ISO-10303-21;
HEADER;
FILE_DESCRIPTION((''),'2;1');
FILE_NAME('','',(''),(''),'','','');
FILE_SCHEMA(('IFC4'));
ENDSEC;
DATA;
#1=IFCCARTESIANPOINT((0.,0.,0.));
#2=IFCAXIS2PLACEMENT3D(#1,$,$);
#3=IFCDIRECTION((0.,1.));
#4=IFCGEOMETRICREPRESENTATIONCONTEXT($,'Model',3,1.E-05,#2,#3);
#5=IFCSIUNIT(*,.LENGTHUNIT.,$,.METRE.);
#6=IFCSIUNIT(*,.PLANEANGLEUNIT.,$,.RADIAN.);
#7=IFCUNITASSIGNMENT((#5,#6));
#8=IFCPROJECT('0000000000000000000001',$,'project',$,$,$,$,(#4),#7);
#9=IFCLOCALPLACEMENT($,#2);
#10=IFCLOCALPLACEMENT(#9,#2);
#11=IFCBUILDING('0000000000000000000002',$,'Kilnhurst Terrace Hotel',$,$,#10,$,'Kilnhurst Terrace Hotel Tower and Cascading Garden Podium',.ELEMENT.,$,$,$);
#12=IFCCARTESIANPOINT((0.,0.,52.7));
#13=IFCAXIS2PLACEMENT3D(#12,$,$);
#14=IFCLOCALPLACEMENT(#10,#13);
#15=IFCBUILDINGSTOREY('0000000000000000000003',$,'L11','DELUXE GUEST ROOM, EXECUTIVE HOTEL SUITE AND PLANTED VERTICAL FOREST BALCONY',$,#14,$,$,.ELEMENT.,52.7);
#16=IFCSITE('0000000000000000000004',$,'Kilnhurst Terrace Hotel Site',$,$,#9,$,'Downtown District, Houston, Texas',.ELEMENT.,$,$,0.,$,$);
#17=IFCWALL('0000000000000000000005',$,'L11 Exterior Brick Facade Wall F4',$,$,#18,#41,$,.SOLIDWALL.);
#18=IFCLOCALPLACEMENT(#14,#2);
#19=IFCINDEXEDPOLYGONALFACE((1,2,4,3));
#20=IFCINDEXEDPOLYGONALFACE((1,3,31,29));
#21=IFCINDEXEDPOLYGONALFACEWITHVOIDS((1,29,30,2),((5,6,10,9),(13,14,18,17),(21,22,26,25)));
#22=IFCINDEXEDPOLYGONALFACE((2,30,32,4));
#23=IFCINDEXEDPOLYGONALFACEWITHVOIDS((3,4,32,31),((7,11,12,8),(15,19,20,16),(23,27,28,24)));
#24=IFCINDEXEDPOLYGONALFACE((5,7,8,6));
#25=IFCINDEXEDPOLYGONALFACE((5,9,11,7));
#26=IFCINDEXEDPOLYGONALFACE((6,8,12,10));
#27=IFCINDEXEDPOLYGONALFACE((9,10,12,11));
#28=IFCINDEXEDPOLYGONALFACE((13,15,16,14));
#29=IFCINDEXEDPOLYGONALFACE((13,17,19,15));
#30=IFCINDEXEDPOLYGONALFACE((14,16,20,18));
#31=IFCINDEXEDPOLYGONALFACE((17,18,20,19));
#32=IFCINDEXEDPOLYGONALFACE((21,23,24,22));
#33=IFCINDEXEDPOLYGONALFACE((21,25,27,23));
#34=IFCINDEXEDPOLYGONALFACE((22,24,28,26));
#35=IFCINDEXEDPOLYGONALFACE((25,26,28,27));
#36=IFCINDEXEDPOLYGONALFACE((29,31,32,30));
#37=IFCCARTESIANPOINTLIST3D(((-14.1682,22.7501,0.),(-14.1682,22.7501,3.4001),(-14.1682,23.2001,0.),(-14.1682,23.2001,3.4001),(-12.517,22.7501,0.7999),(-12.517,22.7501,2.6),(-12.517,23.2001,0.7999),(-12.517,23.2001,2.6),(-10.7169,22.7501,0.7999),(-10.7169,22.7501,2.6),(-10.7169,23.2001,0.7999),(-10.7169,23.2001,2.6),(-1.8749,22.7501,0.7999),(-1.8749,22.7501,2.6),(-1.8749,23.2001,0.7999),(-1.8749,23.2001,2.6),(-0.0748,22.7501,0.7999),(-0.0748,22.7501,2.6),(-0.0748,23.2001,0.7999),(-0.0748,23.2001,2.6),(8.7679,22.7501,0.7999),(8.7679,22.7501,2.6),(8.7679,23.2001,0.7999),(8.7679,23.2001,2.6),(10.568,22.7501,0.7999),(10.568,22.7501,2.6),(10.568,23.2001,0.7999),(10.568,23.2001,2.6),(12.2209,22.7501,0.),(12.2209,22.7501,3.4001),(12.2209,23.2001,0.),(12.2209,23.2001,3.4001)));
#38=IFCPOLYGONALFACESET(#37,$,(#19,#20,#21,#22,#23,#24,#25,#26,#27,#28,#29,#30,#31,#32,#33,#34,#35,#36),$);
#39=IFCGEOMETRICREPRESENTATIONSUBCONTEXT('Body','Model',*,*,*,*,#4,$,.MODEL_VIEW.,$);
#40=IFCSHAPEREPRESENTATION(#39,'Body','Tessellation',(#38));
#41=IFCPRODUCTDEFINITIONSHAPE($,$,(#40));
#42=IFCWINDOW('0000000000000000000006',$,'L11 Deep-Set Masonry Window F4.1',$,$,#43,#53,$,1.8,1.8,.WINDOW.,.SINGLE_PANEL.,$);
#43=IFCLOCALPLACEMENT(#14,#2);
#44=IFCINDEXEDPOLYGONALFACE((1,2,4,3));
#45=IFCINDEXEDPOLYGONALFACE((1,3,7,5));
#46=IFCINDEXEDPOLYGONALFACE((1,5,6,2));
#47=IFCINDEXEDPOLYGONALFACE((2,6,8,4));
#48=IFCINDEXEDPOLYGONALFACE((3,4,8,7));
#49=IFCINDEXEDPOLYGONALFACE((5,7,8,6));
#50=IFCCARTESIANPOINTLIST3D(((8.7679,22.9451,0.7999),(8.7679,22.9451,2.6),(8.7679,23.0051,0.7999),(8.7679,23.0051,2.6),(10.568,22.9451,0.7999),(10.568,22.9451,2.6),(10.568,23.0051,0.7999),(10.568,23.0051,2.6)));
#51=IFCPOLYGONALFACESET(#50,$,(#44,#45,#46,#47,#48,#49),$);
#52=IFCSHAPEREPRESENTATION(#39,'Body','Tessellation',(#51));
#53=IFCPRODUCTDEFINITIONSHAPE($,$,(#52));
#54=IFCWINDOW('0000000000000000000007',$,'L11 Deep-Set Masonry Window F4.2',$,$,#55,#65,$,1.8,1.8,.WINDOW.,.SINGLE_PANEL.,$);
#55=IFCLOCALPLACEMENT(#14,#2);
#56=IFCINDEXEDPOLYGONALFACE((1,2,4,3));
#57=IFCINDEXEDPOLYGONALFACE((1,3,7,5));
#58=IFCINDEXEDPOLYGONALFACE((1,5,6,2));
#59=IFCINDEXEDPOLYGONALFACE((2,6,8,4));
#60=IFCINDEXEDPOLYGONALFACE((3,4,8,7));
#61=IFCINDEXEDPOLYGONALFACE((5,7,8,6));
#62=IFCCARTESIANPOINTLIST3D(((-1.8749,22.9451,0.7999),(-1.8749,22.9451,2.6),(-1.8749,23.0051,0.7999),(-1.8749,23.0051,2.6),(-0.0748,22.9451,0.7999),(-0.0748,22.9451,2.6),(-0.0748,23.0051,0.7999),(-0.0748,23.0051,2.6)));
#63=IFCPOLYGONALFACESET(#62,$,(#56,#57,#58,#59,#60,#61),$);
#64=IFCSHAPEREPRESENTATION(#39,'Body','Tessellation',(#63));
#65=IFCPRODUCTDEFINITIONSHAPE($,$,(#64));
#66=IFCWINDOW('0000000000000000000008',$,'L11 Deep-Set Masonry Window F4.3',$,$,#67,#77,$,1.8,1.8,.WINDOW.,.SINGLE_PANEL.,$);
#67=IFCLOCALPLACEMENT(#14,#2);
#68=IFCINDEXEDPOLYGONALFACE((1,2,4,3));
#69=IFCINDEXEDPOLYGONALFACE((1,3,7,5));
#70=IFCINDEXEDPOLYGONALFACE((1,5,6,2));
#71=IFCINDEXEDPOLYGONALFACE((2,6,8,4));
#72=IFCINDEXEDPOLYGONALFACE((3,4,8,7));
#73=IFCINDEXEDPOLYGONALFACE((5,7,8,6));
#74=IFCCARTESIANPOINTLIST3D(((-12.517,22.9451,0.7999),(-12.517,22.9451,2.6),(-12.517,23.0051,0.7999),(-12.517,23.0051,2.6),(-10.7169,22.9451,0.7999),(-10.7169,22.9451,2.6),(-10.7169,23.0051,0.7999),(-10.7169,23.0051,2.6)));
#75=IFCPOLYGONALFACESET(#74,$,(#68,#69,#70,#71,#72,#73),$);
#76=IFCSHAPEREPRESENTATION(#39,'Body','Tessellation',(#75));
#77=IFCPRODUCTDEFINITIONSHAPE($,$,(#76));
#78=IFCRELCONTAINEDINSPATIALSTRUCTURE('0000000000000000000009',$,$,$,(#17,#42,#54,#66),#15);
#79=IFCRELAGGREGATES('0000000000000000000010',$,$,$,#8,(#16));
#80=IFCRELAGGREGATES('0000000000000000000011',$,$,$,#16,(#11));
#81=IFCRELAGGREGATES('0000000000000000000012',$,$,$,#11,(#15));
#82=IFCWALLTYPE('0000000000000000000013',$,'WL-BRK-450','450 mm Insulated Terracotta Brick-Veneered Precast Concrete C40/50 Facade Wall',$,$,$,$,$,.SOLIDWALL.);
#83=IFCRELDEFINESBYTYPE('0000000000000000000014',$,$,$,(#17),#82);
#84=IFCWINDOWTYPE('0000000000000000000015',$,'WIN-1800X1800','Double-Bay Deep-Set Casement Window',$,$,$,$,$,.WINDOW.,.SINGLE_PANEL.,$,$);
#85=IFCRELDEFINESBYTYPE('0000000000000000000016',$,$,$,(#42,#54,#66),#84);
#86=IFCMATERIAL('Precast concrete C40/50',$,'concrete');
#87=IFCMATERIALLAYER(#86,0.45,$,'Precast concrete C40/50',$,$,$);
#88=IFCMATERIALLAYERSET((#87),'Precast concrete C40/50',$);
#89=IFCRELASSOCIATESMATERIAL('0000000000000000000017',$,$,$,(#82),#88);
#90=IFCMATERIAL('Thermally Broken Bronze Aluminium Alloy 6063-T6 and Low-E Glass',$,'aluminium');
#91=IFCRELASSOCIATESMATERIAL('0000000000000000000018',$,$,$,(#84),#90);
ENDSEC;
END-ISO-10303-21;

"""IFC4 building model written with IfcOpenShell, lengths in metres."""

from ifc_helpers import new_model, si_unit, direction, frame, frame_2d, origin, place, context, subcontext, project, spatial, rectangle, extrude, material, layer, layer_set, type_object, element, fill, save


model = new_model("IFC4")

# Units and contexts
model_context = context("Model", 3, precision=1e-05, world=origin(), true_north=direction((0.0, 1.0)))
body_context = subcontext(model_context, "Body", "Model", "MODEL_VIEW")
ifc_project = project(units=[si_unit("LENGTHUNIT", "METRE"), si_unit("PLANEANGLEUNIT", "RADIAN")], contexts=[model_context])

# Site, building, storey
site_placement = place(None, origin())
site = spatial("IfcSite", under=ifc_project, at=site_placement, Name="Kilnhurst Terrace Hotel Site", LongName="Downtown District, Houston, Texas", CompositionType="ELEMENT", RefElevation=0.0)
building_placement = place(site_placement, origin())
building = spatial("IfcBuilding", under=site, at=building_placement, Name="Kilnhurst Terrace Hotel", LongName="Kilnhurst Terrace Hotel Tower and Cascading Garden Podium", CompositionType="ELEMENT")
storey_placement = place(building_placement, frame((0.0, 0.0, 52.7)))
storey = spatial("IfcBuildingStorey", under=building, at=storey_placement, Name="L11", Description="DELUXE GUEST ROOM, EXECUTIVE HOTEL SUITE AND PLANTED VERTICAL FOREST BALCONY", CompositionType="ELEMENT", Elevation=52.7)

# Shared definitions
ifc_material_1 = material(Name="Precast concrete C40/50", Category="concrete")
ifc_layer_1 = layer(ifc_material_1, 0.45, Name="Precast concrete C40/50")
ifc_layer_set_1 = layer_set([ifc_layer_1], Name="Precast concrete C40/50")
wall_type_1 = type_object("IfcWallType", Name="WL-BRK-450", Description="450 mm Insulated Terracotta Brick-Veneered Precast Concrete C40/50 Facade Wall", PredefinedType="SOLIDWALL", material=ifc_layer_set_1)

# Wall, openings, windows
wall_1_placement = place(storey_placement, frame((12.2209, 22.9751, 0.0), z_axis=(0.0, 0.0, 1.0), x_axis=(-1.0, 0.0, 0.0)))
wall_1 = element("IfcWall", 1, at=wall_1_placement, inside=storey, type_object=wall_type_1, Name="L11 Exterior Brick Facade Wall F4", PredefinedType="SOLIDWALL", context=body_context, shape_type="SweptSolid", body=[
    extrude(rectangle(XDim=26.3892, YDim=0.45, at=frame_2d((13.1946, 0.0))), origin(), (0.0, 0.0, 1.0), 3.4001),
])
opening_1_placement = place(wall_1_placement, frame((1.6531, 0.0, 0.8)))
opening_1 = element("IfcOpeningElement", 2, at=opening_1_placement, cuts=wall_1, PredefinedType="OPENING", context=body_context, shape_type="SweptSolid", body=[
    extrude(rectangle(XDim=1.8, YDim=1.8, at=frame_2d((0.8999, 0.8999))), frame((0.0, 0.2349, 0.0), z_axis=(0.0, -1.0, 0.0), x_axis=(1.0, 0.0, 0.0)), (0.0, 0.0, 1.0), 0.47),
])
opening_2_placement = place(wall_1_placement, frame((12.2959, 0.0, 0.8)))
opening_2 = element("IfcOpeningElement", 3, at=opening_2_placement, cuts=wall_1, PredefinedType="OPENING", context=body_context, shape_type="SweptSolid", body=[
    extrude(rectangle(XDim=1.8, YDim=1.8, at=frame_2d((0.8999, 0.8999))), frame((0.0, 0.2349, 0.0), z_axis=(0.0, -1.0, 0.0), x_axis=(1.0, 0.0, 0.0)), (0.0, 0.0, 1.0), 0.47),
])
opening_3_placement = place(wall_1_placement, frame((22.938, 0.0, 0.8)))
opening_3 = element("IfcOpeningElement", 4, at=opening_3_placement, cuts=wall_1, PredefinedType="OPENING", context=body_context, shape_type="SweptSolid", body=[
    extrude(rectangle(XDim=1.8, YDim=1.8, at=frame_2d((0.8999, 0.8999))), frame((0.0, 0.2349, 0.0), z_axis=(0.0, -1.0, 0.0), x_axis=(1.0, 0.0, 0.0)), (0.0, 0.0, 1.0), 0.47),
])
ifc_material_2 = material(Name="Thermally Broken Bronze Aluminium Alloy 6063-T6 and Low-E Glass", Category="aluminium")
window_type = type_object("IfcWindowType", Name="WIN-1800X1800", Description="Double-Bay Deep-Set Casement Window", PartitioningType="SINGLE_PANEL", PredefinedType="WINDOW", material=ifc_material_2)
window_1_placement = place(opening_1_placement, origin())
window_1 = element("IfcWindow", 5, at=window_1_placement, inside=storey, type_object=window_type, Name="L11 Deep-Set Masonry Window F4.1", OverallHeight=1.8, OverallWidth=1.8, PartitioningType="SINGLE_PANEL", PredefinedType="WINDOW", context=body_context, shape_type="SweptSolid", body=[
    extrude(rectangle(XDim=1.8, YDim=1.8, at=frame_2d((0.8999, 0.8999))), frame((0.0, 0.03, 0.0), z_axis=(0.0, -1.0, 0.0), x_axis=(1.0, 0.0, 0.0)), (0.0, 0.0, 1.0), 0.0601),
])
fill(opening_1, window_1)
window_2_placement = place(opening_2_placement, origin())
window_2 = element("IfcWindow", 6, at=window_2_placement, inside=storey, type_object=window_type, Name="L11 Deep-Set Masonry Window F4.2", OverallHeight=1.8, OverallWidth=1.8, PartitioningType="SINGLE_PANEL", PredefinedType="WINDOW", context=body_context, shape_type="SweptSolid", body=[
    extrude(rectangle(XDim=1.8, YDim=1.8, at=frame_2d((0.8999, 0.8999))), frame((0.0, 0.03, 0.0), z_axis=(0.0, -1.0, 0.0), x_axis=(1.0, 0.0, 0.0)), (0.0, 0.0, 1.0), 0.0601),
])
fill(opening_2, window_2)
window_3_placement = place(opening_3_placement, origin())
window_3 = element("IfcWindow", 7, at=window_3_placement, inside=storey, type_object=window_type, Name="L11 Deep-Set Masonry Window F4.3", OverallHeight=1.8, OverallWidth=1.8, PartitioningType="SINGLE_PANEL", PredefinedType="WINDOW", context=body_context, shape_type="SweptSolid", body=[
    extrude(rectangle(XDim=1.8, YDim=1.8, at=frame_2d((0.8999, 0.8999))), frame((0.0, 0.03, 0.0), z_axis=(0.0, -1.0, 0.0), x_axis=(1.0, 0.0, 0.0)), (0.0, 0.0, 1.0), 0.0601),
])
fill(opening_3, window_3)

save(model, "model.ifc")
